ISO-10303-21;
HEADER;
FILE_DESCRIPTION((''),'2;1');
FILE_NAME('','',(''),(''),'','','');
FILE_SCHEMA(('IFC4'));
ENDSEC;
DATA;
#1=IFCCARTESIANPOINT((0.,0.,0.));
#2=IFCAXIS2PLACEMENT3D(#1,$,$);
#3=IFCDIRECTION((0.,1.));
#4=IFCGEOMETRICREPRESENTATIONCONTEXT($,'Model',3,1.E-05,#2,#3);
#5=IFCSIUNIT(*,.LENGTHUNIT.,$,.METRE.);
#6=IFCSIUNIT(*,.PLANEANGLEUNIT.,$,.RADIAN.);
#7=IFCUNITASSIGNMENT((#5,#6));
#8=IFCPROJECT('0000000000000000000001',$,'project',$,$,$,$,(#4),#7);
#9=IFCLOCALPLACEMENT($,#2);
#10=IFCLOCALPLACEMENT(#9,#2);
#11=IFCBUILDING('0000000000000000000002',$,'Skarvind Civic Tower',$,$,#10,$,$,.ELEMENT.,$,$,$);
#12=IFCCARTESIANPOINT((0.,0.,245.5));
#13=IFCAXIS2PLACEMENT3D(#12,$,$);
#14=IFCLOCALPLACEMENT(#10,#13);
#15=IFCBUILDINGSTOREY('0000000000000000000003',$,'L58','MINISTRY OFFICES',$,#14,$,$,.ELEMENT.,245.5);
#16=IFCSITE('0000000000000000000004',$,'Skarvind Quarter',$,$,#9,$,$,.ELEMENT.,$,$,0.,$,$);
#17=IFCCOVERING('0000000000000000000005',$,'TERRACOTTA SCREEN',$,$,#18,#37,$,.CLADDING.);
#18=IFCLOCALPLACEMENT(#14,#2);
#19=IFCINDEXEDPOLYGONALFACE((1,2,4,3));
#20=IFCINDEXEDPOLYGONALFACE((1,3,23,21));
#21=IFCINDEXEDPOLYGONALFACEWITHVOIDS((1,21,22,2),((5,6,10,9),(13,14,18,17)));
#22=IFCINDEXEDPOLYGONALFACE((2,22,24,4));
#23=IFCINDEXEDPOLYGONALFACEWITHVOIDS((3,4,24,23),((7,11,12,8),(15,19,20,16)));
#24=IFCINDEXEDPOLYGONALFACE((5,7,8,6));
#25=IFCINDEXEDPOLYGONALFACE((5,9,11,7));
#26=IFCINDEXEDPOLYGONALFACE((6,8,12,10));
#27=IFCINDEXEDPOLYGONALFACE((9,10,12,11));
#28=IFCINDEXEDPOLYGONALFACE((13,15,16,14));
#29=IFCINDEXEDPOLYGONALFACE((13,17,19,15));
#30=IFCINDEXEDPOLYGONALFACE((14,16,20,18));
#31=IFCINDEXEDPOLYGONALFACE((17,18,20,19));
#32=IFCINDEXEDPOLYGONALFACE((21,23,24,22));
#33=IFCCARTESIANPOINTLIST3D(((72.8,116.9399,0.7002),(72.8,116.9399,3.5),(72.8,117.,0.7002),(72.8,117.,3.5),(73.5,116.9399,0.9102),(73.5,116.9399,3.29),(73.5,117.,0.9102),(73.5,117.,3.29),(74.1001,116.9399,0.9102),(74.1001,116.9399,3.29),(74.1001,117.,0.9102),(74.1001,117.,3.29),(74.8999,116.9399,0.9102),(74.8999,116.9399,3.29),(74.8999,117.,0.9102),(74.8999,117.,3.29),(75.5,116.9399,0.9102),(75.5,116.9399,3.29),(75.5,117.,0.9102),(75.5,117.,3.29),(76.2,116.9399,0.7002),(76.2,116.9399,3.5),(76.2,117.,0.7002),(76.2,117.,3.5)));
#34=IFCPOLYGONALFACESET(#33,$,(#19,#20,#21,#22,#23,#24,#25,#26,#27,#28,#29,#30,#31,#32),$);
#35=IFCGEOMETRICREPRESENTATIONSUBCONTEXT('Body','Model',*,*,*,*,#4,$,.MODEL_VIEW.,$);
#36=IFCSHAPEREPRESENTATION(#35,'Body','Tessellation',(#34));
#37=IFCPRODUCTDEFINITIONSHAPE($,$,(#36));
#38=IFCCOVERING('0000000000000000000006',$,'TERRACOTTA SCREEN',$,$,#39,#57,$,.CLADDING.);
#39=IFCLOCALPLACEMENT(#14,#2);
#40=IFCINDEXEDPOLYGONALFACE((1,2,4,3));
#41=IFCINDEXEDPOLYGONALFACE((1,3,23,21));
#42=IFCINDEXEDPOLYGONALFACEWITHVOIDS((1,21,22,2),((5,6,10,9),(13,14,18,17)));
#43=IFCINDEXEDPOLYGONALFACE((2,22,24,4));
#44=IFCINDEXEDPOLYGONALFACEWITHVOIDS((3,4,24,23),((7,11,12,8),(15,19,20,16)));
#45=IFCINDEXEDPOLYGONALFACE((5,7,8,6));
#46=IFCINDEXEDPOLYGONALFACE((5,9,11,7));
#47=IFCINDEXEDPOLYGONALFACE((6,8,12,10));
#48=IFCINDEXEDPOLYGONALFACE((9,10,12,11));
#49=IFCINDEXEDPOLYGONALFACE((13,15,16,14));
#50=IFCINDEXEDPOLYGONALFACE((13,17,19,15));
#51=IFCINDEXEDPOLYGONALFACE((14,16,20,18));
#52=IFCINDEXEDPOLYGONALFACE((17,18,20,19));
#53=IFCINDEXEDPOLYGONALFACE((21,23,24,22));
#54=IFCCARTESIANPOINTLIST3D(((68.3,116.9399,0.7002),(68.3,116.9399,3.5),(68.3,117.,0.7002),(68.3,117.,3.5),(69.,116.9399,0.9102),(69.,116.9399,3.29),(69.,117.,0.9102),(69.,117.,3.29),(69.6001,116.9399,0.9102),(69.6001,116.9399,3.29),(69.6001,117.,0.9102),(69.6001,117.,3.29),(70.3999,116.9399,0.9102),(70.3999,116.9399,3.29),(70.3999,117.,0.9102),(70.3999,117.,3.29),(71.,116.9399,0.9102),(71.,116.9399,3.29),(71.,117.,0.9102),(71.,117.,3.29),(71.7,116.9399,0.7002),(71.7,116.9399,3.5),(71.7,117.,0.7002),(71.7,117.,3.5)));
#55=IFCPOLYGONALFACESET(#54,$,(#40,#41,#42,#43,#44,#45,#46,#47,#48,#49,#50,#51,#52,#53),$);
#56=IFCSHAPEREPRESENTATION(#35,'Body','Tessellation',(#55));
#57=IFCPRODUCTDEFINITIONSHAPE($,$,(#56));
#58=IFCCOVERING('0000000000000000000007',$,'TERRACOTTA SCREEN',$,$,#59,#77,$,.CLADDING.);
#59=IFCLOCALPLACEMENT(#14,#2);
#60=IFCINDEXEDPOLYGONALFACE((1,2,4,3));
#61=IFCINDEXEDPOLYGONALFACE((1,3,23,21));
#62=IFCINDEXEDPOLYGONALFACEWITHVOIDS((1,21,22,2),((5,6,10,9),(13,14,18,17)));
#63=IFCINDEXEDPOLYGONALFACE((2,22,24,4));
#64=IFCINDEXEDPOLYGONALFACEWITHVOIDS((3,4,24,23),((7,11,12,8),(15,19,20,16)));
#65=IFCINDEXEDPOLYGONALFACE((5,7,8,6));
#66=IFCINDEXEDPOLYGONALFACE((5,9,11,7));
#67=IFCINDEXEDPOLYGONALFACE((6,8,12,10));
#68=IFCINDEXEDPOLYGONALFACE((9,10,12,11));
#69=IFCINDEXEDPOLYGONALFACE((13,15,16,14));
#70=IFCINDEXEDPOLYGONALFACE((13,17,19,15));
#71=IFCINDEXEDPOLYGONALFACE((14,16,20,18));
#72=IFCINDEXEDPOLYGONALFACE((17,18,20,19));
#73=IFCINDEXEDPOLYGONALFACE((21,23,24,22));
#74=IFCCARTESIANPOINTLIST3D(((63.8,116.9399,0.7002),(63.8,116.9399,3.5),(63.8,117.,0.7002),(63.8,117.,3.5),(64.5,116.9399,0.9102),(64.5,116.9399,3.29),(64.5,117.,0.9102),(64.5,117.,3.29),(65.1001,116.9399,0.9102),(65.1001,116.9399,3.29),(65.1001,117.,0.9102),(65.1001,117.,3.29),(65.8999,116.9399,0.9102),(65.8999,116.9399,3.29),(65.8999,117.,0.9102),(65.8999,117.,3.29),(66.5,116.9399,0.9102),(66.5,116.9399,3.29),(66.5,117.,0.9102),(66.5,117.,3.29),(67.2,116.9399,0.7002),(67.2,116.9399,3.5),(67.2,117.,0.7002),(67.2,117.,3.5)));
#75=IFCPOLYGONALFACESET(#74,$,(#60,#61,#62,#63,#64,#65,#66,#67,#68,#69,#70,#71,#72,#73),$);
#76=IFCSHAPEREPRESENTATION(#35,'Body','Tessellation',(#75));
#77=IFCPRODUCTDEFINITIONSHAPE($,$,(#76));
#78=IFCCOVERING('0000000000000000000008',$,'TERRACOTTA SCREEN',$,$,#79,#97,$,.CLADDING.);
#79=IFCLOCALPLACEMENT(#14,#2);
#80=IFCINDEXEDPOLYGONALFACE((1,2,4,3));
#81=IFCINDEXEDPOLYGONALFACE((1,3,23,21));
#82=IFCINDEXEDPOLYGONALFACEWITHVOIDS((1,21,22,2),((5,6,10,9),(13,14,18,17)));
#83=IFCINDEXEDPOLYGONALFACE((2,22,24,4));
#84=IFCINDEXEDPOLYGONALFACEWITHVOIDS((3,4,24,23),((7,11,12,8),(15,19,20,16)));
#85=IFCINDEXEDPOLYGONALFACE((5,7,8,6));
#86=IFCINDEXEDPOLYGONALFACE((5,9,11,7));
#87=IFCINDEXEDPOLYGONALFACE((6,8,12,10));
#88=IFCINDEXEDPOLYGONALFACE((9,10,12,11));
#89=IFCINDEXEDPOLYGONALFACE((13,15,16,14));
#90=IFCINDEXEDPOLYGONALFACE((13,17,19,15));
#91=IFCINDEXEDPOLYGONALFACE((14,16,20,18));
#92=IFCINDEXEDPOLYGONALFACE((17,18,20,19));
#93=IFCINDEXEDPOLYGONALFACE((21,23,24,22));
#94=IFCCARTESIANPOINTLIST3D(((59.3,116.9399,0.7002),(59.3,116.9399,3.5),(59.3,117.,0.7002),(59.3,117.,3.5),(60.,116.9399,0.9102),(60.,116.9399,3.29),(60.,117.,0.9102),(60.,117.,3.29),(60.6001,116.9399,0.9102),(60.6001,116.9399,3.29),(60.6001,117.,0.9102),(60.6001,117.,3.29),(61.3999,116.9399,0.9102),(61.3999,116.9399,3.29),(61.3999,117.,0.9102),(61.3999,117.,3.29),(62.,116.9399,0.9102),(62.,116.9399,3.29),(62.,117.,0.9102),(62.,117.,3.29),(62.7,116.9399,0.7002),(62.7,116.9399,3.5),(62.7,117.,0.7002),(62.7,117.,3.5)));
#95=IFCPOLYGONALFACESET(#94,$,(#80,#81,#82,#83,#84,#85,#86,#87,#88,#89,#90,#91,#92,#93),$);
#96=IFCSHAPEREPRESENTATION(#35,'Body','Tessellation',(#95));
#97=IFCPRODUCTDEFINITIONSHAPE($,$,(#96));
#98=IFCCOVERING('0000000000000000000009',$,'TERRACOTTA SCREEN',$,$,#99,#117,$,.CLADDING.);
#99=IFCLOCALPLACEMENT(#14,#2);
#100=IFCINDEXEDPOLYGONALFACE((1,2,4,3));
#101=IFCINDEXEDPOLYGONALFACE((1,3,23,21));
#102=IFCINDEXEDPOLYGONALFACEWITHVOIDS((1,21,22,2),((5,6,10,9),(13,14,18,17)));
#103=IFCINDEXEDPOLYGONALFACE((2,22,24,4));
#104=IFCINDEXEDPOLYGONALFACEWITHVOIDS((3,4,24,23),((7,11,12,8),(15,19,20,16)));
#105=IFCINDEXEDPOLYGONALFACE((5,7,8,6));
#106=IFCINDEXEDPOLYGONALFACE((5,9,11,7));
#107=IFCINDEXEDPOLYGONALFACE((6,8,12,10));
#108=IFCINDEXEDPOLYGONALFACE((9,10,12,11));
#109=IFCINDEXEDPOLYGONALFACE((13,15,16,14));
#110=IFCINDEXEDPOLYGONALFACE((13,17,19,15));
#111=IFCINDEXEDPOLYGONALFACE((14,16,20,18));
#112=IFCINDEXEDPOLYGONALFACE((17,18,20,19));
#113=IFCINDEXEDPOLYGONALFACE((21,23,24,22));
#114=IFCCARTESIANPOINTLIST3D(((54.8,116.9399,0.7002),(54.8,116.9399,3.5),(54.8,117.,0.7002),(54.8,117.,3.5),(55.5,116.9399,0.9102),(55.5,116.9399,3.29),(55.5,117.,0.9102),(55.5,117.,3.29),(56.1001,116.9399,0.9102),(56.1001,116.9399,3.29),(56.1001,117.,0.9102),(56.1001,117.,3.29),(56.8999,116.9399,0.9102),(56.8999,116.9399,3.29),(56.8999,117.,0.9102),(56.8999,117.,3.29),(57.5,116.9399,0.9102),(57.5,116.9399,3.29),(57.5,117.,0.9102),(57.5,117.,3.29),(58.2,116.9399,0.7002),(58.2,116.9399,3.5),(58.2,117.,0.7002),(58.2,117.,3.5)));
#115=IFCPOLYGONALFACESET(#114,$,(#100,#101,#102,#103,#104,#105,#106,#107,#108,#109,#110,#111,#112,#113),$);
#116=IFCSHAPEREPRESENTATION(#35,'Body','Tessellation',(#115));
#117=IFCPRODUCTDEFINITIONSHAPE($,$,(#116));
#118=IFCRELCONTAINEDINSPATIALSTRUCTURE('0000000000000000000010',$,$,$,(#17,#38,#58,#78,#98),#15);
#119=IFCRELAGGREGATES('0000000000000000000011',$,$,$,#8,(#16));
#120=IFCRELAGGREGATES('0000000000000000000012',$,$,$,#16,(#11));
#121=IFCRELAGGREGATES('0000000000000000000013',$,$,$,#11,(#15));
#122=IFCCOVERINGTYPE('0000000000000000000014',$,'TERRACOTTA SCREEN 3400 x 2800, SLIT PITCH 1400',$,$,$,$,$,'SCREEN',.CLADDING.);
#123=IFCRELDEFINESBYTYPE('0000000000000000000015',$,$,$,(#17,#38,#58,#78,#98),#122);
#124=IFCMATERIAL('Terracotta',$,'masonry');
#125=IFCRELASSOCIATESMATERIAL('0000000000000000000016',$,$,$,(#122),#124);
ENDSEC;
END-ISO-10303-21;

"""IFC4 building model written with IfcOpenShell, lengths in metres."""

from ifc_helpers import new_model, si_unit, direction, frame, origin, place, context, subcontext, project, spatial, polyline, outline, extrude, material, material_profile, profile_set, type_object, element, save


model = new_model("IFC4")

# Units and contexts
model_context = context("Model", 3, precision=1e-05, world=origin(), true_north=direction((0.0, 1.0)))
body_context = subcontext(model_context, "Body", "Model", "MODEL_VIEW")
ifc_project = project(units=[si_unit("LENGTHUNIT", "METRE"), si_unit("PLANEANGLEUNIT", "RADIAN")], contexts=[model_context])

# Site, building, storey
site_placement = place(None, origin())
site = spatial("IfcSite", under=ifc_project, at=site_placement, Name="Skarvind Quarter", CompositionType="ELEMENT", RefElevation=0.0)
building_placement = place(site_placement, origin())
building = spatial("IfcBuilding", under=site, at=building_placement, Name="Skarvind Civic Tower", CompositionType="ELEMENT")
storey_placement = place(building_placement, frame((0.0, 0.0, 245.5)))
storey = spatial("IfcBuildingStorey", under=building, at=storey_placement, Name="L58", Description="MINISTRY OFFICES", CompositionType="ELEMENT", Elevation=245.5)

# Coverings
ifc_material_1 = material(Name="Terracotta", Category="masonry")
ifc_material_profile = material_profile(ifc_material_1, outline(polyline([(-1.7, -1.3999), (1.7, -1.3999), (1.7, 1.3999), (-1.7, 1.3999), (-1.7, -1.3999)]), holes=[polyline([(-1.0, -1.1899), (-0.3999, -1.1899), (-0.3999, 1.1899), (-1.0, 1.1899), (-1.0, -1.1899)]), polyline([(0.3999, -1.1899), (1.0, -1.1899), (1.0, 1.1899), (0.3999, 1.1899), (0.3999, -1.1899)])]), Name="TERRACOTTA SCREEN 3400 x 2800, SLIT PITCH 1400")
ifc_profile_set = profile_set([ifc_material_profile], Name="Terracotta")
covering_type = type_object("IfcCoveringType", Name="TERRACOTTA SCREEN 3400 x 2800, SLIT PITCH 1400", ElementType="SCREEN", PredefinedType="CLADDING", material=ifc_profile_set)
for number, where, z_axis, x_axis, name in (
    (1, (74.5, 117.0, 2.1001), (0.0, -1.0, 0.0), (1.0, 0.0, 0.0), "TERRACOTTA SCREEN"),
    (2, (70.0, 117.0, 2.1001), (0.0, -1.0, 0.0), (1.0, 0.0, 0.0), "TERRACOTTA SCREEN"),
    (3, (65.5, 117.0, 2.1001), (0.0, -1.0, 0.0), (1.0, 0.0, 0.0), "TERRACOTTA SCREEN"),
    (4, (61.0, 117.0, 2.1001), (0.0, -1.0, 0.0), (1.0, 0.0, 0.0), "TERRACOTTA SCREEN"),
    (5, (56.5, 117.0, 2.1001), (0.0, -1.0, 0.0), (1.0, 0.0, 0.0), "TERRACOTTA SCREEN"),
):
    element("IfcCovering", number, at=place(storey_placement, frame(where, z_axis=z_axis, x_axis=x_axis)), inside=storey, type_object=covering_type, Name=name, PredefinedType="CLADDING", context=body_context, shape_type="SweptSolid", body=[
        extrude(outline(polyline([(-1.7, -1.3999), (1.7, -1.3999), (1.7, 1.3999), (-1.7, 1.3999), (-1.7, -1.3999)]), holes=[polyline([(-1.0, -1.1899), (-0.3999, -1.1899), (-0.3999, 1.1899), (-1.0, 1.1899), (-1.0, -1.1899)]), polyline([(0.3999, -1.1899), (1.0, -1.1899), (1.0, 1.1899), (0.3999, 1.1899), (0.3999, -1.1899)])]), origin(), (0.0, 0.0, 1.0), 0.0601),
    ])

save(model, "model.ifc")
